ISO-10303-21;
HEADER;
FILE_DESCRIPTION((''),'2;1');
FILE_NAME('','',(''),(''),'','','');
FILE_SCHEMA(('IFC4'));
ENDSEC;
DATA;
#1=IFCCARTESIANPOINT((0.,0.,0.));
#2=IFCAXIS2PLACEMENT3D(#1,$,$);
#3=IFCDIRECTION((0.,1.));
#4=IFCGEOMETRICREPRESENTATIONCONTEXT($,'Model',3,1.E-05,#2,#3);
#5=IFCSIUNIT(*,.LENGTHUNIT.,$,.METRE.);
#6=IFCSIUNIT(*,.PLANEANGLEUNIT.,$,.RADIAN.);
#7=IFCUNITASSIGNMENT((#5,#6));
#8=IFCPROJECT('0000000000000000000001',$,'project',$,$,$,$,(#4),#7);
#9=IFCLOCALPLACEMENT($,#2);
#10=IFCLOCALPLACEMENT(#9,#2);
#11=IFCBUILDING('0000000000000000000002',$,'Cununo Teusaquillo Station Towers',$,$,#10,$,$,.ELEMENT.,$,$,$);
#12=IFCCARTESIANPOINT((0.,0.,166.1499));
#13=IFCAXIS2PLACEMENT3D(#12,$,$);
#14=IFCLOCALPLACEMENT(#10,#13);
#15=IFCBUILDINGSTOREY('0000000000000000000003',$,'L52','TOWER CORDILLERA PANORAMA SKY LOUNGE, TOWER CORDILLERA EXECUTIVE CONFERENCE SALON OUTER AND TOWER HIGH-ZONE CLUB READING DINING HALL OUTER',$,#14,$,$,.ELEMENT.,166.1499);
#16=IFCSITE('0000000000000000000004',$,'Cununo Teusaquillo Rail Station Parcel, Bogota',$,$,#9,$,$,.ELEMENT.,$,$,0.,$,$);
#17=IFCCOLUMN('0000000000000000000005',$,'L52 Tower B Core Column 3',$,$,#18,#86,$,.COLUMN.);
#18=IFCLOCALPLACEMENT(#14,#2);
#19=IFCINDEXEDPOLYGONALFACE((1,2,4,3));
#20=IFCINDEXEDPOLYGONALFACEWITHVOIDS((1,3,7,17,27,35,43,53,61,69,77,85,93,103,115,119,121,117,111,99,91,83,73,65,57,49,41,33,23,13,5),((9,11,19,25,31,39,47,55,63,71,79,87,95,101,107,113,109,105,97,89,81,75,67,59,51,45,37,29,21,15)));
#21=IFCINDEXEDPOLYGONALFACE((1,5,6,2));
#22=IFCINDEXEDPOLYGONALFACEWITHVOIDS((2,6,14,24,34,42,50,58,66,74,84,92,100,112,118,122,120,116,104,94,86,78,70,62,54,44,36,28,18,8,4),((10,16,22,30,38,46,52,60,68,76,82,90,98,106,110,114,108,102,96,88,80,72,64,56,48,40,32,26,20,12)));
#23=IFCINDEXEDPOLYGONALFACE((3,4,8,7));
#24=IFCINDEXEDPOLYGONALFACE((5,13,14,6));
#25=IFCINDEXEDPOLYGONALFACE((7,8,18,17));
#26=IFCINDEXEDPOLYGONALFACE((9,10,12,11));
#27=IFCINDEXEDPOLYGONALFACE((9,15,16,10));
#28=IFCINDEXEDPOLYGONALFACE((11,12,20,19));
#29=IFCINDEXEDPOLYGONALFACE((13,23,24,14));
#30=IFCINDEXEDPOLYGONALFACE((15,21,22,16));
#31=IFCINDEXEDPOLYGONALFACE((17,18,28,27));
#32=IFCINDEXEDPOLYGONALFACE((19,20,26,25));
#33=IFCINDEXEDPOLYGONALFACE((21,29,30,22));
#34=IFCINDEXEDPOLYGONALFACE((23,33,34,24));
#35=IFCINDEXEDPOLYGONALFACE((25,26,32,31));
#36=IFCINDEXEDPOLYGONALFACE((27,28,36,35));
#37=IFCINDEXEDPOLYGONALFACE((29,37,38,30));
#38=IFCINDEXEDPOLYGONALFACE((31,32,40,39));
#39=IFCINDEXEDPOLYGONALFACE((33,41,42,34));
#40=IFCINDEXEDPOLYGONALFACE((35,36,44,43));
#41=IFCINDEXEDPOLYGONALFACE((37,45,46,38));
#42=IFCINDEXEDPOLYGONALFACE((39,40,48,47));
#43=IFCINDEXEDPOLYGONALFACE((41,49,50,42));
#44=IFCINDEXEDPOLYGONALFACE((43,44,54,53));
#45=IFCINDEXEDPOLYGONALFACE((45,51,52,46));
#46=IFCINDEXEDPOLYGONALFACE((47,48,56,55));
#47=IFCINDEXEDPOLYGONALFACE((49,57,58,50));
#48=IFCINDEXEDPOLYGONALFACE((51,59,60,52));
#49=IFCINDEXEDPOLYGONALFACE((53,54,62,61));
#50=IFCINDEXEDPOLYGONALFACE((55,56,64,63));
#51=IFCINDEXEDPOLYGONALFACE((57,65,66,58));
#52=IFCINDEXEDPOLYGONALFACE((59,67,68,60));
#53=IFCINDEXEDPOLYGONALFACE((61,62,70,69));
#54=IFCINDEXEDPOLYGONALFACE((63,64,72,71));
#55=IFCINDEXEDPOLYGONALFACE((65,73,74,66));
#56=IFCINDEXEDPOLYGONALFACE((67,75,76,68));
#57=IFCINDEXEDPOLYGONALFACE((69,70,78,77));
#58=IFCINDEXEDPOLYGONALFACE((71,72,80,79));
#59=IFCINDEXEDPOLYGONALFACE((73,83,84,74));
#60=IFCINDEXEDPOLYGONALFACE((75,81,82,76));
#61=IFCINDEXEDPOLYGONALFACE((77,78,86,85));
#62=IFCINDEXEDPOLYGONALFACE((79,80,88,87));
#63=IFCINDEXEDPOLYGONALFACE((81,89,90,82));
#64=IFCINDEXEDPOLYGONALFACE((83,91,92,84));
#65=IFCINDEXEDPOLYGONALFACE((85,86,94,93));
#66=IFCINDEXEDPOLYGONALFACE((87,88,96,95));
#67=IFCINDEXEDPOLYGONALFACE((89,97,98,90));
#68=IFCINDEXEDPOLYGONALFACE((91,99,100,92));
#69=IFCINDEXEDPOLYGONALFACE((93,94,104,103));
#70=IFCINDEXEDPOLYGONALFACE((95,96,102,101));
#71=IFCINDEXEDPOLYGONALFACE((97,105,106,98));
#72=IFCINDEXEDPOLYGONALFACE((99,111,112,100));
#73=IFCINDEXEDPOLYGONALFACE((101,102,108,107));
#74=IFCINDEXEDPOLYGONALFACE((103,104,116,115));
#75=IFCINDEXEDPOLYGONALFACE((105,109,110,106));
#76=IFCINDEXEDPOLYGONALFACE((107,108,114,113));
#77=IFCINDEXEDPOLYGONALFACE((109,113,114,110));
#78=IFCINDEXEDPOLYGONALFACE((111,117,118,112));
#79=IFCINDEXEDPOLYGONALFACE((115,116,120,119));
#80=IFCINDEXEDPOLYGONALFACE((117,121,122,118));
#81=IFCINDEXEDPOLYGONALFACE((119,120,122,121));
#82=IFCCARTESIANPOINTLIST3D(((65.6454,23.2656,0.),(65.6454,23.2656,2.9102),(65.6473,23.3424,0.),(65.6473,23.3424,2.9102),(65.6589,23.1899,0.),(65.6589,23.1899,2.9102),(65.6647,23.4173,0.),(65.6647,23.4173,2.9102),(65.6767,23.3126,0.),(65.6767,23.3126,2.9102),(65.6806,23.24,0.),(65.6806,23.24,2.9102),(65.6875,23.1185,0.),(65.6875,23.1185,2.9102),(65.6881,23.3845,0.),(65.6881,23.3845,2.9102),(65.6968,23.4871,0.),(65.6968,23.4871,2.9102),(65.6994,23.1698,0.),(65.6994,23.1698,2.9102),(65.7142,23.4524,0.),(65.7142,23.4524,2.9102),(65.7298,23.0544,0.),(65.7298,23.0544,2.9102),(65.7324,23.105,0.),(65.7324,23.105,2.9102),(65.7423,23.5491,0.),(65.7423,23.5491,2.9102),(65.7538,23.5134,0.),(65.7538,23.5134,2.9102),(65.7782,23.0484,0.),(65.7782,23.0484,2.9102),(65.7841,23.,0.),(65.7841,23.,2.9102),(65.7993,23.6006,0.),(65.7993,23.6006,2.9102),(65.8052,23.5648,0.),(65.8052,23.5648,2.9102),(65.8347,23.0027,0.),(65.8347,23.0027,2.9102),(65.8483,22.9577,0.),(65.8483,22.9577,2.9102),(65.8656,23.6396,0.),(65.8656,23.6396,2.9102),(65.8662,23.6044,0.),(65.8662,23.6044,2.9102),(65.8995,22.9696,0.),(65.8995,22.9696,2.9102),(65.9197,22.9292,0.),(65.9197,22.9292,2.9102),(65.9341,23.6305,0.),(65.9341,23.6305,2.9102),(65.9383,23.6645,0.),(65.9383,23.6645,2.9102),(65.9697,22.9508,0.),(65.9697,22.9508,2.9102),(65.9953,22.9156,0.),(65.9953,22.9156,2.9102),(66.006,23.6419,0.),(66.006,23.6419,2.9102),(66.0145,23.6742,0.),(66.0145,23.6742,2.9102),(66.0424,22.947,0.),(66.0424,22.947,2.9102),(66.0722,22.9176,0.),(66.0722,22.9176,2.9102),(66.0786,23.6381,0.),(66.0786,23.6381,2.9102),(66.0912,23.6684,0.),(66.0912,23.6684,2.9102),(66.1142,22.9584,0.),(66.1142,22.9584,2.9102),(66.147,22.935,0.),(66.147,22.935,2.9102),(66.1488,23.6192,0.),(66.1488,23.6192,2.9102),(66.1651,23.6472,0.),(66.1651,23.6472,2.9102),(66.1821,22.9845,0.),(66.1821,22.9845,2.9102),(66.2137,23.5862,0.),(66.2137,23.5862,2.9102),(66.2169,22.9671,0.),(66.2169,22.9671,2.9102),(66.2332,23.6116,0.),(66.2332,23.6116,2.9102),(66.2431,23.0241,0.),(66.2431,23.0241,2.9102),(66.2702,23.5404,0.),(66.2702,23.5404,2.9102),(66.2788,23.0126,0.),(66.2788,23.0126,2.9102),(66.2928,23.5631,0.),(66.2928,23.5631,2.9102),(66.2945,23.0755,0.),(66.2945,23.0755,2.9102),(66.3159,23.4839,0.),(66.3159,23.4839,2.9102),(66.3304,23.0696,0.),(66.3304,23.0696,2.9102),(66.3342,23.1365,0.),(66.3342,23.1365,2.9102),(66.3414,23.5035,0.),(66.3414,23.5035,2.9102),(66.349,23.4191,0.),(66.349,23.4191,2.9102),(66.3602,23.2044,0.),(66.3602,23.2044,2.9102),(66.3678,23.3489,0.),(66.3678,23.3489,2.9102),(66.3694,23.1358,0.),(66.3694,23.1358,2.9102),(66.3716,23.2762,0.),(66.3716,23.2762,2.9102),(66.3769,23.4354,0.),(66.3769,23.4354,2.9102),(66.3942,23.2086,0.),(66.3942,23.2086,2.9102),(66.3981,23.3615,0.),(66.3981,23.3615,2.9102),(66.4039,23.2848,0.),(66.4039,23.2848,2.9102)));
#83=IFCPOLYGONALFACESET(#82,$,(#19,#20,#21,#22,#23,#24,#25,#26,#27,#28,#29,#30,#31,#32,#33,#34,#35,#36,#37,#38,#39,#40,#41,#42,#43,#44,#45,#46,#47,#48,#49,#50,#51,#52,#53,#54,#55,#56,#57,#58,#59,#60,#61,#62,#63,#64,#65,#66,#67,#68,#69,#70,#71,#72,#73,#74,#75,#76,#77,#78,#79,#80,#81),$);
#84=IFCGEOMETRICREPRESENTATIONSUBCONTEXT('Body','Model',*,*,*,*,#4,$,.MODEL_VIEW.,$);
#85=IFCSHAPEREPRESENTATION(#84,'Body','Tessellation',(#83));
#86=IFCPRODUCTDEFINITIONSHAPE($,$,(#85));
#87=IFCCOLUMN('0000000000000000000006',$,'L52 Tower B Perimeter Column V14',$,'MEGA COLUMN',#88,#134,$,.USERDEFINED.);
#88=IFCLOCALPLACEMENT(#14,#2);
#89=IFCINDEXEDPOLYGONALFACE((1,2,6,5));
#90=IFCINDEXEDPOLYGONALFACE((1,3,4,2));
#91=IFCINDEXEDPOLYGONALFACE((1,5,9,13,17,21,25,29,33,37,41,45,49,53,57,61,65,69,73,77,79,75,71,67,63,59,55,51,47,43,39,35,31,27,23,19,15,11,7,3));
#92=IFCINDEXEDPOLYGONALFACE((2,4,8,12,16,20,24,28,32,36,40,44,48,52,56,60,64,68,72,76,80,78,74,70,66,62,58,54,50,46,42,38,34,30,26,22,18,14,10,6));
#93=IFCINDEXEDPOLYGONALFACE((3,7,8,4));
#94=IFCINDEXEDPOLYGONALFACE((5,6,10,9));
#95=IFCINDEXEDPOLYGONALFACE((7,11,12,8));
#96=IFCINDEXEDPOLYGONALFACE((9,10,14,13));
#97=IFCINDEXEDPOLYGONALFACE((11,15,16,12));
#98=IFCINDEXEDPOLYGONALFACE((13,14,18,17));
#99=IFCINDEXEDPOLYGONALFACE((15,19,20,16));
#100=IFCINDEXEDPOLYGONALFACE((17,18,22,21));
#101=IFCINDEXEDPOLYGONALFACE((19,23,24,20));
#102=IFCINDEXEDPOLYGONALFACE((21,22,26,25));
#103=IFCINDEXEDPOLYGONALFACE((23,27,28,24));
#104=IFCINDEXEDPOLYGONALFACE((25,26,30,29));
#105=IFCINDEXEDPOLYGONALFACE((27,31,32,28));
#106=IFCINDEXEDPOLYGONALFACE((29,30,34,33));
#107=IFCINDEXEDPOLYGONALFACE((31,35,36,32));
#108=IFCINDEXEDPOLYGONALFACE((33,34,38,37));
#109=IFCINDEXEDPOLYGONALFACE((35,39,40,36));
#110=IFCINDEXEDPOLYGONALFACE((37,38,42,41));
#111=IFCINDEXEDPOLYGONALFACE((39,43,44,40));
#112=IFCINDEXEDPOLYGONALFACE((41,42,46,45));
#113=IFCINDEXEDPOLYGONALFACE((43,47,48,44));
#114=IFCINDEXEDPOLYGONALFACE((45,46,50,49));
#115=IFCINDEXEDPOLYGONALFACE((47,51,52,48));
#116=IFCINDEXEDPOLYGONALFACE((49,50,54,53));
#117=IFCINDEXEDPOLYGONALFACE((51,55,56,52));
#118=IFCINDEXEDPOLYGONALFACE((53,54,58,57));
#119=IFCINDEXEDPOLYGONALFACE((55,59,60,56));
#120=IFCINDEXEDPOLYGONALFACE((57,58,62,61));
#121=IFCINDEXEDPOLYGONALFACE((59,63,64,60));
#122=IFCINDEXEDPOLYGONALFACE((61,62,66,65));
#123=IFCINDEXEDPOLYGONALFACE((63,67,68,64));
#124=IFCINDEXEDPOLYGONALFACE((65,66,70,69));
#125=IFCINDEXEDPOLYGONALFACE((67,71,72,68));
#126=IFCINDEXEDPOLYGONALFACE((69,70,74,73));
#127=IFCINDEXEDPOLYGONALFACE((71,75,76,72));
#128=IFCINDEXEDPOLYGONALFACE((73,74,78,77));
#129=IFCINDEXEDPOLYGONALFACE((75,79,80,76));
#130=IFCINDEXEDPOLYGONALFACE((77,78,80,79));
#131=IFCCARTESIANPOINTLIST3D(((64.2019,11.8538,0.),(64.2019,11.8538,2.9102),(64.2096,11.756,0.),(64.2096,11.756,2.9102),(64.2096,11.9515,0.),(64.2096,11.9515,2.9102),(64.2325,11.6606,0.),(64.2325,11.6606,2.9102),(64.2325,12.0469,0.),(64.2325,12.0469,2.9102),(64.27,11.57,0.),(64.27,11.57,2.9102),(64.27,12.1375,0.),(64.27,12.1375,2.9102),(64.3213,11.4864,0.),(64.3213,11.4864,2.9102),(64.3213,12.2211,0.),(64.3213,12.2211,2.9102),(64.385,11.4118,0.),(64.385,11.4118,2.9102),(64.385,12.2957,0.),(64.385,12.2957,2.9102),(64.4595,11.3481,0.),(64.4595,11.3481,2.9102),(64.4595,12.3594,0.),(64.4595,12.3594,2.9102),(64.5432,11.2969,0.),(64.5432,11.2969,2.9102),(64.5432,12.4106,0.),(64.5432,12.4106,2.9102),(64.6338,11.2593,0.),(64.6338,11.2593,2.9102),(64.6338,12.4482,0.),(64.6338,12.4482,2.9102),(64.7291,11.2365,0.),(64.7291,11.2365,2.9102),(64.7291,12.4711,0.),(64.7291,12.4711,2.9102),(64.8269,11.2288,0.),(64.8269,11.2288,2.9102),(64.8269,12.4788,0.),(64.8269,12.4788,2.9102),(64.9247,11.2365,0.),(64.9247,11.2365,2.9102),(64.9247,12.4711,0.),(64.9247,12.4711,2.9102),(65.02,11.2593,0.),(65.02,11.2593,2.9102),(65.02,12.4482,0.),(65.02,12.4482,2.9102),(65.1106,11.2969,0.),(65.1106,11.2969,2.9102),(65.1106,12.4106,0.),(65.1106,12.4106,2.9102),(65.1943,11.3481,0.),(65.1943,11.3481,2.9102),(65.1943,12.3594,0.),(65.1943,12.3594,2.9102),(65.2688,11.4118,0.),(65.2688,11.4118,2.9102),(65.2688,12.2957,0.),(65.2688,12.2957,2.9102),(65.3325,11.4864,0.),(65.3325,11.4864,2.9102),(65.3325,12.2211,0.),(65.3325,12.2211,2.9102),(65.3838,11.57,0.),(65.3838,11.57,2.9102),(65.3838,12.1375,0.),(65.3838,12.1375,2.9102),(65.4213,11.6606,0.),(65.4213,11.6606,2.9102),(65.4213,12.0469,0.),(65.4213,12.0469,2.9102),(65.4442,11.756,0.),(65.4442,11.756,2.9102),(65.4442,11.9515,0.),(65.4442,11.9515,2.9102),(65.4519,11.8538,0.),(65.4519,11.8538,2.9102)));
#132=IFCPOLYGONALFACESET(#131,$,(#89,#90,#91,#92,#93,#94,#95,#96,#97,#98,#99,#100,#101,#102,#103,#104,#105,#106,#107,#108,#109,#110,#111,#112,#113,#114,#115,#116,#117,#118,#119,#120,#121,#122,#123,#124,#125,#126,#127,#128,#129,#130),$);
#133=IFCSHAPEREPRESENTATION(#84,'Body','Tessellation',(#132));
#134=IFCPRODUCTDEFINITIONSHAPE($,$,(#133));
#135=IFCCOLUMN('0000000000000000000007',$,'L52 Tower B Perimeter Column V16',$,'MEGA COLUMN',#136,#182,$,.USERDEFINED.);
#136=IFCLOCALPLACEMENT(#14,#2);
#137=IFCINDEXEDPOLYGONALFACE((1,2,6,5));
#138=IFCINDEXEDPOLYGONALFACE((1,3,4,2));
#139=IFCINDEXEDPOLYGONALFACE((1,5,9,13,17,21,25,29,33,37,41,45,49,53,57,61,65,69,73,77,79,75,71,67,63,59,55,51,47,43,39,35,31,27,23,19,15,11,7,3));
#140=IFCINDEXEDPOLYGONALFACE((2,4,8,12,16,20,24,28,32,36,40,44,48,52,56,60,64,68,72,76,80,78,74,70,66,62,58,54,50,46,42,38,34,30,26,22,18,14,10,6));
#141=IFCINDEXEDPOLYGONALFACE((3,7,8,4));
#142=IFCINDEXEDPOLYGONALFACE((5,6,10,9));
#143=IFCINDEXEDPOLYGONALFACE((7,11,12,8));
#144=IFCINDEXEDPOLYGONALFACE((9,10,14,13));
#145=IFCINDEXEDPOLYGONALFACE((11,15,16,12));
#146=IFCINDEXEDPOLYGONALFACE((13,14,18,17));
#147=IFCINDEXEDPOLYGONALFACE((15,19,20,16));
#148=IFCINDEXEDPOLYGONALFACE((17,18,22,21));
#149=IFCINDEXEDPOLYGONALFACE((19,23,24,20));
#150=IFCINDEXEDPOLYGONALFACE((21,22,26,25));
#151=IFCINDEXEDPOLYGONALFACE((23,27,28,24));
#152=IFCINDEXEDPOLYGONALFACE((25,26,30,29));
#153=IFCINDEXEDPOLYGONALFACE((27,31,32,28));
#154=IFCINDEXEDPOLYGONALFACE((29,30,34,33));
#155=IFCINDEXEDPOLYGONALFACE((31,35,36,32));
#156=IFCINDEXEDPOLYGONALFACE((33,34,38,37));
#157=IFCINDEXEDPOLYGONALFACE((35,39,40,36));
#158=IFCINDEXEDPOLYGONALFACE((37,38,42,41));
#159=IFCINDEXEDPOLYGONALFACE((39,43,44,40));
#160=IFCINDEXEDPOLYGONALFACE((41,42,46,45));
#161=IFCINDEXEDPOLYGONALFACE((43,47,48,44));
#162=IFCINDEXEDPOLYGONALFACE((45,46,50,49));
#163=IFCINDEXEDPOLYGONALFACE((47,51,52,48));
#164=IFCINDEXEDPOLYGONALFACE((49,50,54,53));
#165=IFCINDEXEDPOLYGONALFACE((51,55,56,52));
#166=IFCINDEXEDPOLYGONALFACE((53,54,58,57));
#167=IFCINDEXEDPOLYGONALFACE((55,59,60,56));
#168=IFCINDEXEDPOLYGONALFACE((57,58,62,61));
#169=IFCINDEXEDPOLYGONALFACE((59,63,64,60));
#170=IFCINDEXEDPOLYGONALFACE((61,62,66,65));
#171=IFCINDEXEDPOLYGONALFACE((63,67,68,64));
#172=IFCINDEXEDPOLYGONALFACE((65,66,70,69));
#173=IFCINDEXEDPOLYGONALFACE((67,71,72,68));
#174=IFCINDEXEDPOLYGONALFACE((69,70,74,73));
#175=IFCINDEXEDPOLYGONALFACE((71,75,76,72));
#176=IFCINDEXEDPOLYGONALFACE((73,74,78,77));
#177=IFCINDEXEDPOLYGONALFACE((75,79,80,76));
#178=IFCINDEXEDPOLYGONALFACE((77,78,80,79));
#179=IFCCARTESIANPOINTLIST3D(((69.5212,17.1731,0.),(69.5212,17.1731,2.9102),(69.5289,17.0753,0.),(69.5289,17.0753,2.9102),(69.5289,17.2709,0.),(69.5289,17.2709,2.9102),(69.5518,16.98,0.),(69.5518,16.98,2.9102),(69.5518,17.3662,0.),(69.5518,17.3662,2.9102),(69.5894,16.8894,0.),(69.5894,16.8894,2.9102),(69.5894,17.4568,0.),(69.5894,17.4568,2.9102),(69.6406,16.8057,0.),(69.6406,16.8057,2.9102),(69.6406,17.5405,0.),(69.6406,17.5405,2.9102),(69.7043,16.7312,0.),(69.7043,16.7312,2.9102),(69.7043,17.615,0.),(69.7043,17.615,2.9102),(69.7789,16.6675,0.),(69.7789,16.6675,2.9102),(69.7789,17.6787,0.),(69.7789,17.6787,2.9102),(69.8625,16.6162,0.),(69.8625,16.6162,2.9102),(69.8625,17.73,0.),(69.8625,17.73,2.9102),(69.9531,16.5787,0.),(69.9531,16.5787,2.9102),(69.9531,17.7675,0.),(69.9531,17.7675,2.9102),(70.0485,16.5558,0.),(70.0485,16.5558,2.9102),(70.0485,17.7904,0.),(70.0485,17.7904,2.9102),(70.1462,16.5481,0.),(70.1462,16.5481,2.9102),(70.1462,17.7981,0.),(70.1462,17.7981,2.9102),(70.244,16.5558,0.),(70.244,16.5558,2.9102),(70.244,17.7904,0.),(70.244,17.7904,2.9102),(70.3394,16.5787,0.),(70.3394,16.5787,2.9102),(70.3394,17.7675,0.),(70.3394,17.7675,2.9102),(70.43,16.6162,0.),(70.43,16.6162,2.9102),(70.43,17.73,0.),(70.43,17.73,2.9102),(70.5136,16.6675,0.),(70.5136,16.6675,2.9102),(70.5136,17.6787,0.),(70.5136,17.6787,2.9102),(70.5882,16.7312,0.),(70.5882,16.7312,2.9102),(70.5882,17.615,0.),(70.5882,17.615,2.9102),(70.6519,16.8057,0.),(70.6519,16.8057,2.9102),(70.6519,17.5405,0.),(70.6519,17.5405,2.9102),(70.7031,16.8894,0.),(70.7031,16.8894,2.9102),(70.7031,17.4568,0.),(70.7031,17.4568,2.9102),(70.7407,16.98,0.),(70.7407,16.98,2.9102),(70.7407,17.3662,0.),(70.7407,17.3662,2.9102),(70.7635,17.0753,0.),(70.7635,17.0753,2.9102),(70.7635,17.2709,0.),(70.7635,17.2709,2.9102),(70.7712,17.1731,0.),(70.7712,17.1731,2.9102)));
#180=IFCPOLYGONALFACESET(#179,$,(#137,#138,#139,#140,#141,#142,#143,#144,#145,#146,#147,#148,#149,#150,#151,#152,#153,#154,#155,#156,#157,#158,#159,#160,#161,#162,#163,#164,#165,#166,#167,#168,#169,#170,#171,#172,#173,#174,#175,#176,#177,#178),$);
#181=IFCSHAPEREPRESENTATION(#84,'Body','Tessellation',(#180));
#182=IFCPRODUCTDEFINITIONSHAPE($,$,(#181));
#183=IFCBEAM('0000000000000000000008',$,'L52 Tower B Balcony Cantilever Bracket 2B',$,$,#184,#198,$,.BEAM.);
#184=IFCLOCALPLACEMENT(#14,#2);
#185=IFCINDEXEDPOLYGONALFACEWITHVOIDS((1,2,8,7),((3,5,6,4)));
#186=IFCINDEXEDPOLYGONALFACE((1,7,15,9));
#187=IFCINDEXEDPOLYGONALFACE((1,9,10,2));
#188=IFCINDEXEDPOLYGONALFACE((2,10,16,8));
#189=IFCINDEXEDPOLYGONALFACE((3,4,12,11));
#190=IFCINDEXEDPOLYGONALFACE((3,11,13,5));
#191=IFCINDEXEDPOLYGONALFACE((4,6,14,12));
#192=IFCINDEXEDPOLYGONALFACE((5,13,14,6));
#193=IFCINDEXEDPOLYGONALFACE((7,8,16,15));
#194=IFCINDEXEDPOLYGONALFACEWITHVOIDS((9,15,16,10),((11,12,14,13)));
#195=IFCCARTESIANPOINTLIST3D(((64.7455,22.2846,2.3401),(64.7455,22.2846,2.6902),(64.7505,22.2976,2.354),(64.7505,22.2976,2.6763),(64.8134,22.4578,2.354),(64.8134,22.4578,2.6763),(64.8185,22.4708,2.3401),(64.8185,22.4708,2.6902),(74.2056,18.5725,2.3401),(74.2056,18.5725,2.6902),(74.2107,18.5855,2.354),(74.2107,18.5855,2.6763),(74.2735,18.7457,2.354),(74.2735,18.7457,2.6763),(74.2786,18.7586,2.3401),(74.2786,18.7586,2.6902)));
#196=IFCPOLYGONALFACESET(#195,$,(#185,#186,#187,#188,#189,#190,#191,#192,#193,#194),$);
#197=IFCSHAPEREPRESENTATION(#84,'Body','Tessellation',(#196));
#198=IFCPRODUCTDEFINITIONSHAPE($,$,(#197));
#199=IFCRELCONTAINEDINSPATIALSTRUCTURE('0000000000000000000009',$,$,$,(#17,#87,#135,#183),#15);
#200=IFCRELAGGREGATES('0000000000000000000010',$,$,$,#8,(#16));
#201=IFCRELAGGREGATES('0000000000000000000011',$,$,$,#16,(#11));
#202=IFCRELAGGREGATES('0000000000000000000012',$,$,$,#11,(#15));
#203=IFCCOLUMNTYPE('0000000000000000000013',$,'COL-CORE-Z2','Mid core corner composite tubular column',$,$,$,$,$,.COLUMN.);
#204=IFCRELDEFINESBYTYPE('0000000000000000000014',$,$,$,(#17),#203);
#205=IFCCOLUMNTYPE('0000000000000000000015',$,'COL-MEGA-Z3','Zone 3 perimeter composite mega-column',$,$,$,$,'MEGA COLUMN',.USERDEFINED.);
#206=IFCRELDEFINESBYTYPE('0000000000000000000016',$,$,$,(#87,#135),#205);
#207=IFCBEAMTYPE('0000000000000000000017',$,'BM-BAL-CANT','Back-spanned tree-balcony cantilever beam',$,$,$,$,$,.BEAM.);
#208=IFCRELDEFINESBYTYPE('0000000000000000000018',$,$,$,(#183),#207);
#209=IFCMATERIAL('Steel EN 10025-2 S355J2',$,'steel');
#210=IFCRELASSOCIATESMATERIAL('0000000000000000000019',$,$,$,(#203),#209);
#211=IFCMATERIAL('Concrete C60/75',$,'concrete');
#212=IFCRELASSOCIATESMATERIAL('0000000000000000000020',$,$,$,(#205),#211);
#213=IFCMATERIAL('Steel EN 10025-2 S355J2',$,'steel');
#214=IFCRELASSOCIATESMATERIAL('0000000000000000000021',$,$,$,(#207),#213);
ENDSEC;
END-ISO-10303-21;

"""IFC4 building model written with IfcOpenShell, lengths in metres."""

from ifc_helpers import new_model, si_unit, direction, frame, origin, origin_2d, place, context, subcontext, project, spatial, hollow_rectangle, circle, hollow_circle, extrude, material, material_profile, profile_set, type_object, element, save


model = new_model("IFC4")

# Units and contexts
model_context = context("Model", 3, precision=1e-05, world=origin(), true_north=direction((0.0, 1.0)))
body_context = subcontext(model_context, "Body", "Model", "MODEL_VIEW")
ifc_project = project(units=[si_unit("LENGTHUNIT", "METRE"), si_unit("PLANEANGLEUNIT", "RADIAN")], contexts=[model_context])

# Site, building, storey
site_placement = place(None, origin())
site = spatial("IfcSite", under=ifc_project, at=site_placement, Name="Cununo Teusaquillo Rail Station Parcel, Bogota", CompositionType="ELEMENT", RefElevation=0.0)
building_placement = place(site_placement, origin())
building = spatial("IfcBuilding", under=site, at=building_placement, Name="Cununo Teusaquillo Station Towers", CompositionType="ELEMENT")
storey_placement = place(building_placement, frame((0.0, 0.0, 166.1499)))
storey = spatial("IfcBuildingStorey", under=building, at=storey_placement, Name="L52", Description="TOWER CORDILLERA PANORAMA SKY LOUNGE, TOWER CORDILLERA EXECUTIVE CONFERENCE SALON OUTER AND TOWER HIGH-ZONE CLUB READING DINING HALL OUTER", CompositionType="ELEMENT", Elevation=166.1499)

# Columns
ifc_material_1 = material(Name="Steel EN 10025-2 S355J2", Category="steel")
ifc_material_profile_1 = material_profile(ifc_material_1, hollow_circle(Radius=0.3799, WallThickness=0.032, at=origin_2d()), Name="CHS 760x32")
ifc_profile_set_1 = profile_set([ifc_material_profile_1], Name="Steel EN 10025-2 S355J2")
column_type_1 = type_object("IfcColumnType", Name="COL-CORE-Z2", Description="Mid core corner composite tubular column", PredefinedType="COLUMN", material=ifc_profile_set_1)
column_placement = place(storey_placement, frame((66.0242, 23.2944, 0.0), z_axis=(0.0, 0.0, 1.0), x_axis=(0.707107, 0.707107, 0.0)))
element("IfcColumn", 1, at=column_placement, inside=storey, type_object=column_type_1, Name="L52 Tower B Core Column 3", PredefinedType="COLUMN", context=body_context, shape_type="SweptSolid", body=[
    extrude(hollow_circle(Radius=0.3799, WallThickness=0.032, at=origin_2d()), origin(), (0.0, 0.0, 1.0), 2.9102),
])
ifc_material_2 = material(Name="Concrete C60/75", Category="concrete")
ifc_material_profile_2 = material_profile(ifc_material_2, circle(Radius=0.625, at=origin_2d()), Name="RC-CIRC-1250")
ifc_profile_set_2 = profile_set([ifc_material_profile_2], Name="Concrete C60/75")
column_type_2 = type_object("IfcColumnType", Name="COL-MEGA-Z3", Description="Zone 3 perimeter composite mega-column", ElementType="MEGA COLUMN", PredefinedType="USERDEFINED", material=ifc_profile_set_2)
for number, where, z_axis, x_axis, name in (
    (2, (64.8269, 11.8538, 0.0), (0.0, 0.0, 1.0), (1.0, 0.0, 0.0), "L52 Tower B Perimeter Column V14"),
    (3, (70.1462, 17.1731, 0.0), (0.0, 0.0, 1.0), (1.0, 0.0, 0.0), "L52 Tower B Perimeter Column V16"),
):
    element("IfcColumn", number, at=place(storey_placement, frame(where, z_axis=z_axis, x_axis=x_axis)), inside=storey, type_object=column_type_2, Name=name, ObjectType="MEGA COLUMN", PredefinedType="USERDEFINED", context=body_context, shape_type="SweptSolid", body=[
        extrude(circle(Radius=0.625, at=origin_2d()), origin(), (0.0, 0.0, 1.0), 2.9102),
    ])

# Beam
ifc_material_3 = material(Name="Steel EN 10025-2 S355J2", Category="steel")
ifc_material_profile_3 = material_profile(ifc_material_3, hollow_rectangle(XDim=0.2, YDim=0.3501, WallThickness=0.0139, at=origin_2d()), Name="RHS 350x200x14")
ifc_profile_set_3 = profile_set([ifc_material_profile_3], Name="Steel EN 10025-2 S355J2")
beam_type_1 = type_object("IfcBeamType", Name="BM-BAL-CANT", Description="Back-spanned tree-balcony cantilever beam", PredefinedType="BEAM", material=ifc_profile_set_3)
beam_1_placement = place(storey_placement, frame((64.782, 22.3777, 2.5151), z_axis=(0.930897, -0.365281, 0.0), x_axis=(0.365281, 0.930897, 0.0)))
element("IfcBeam", 4, at=beam_1_placement, inside=storey, type_object=beam_type_1, Name="L52 Tower B Balcony Cantilever Bracket 2B", PredefinedType="BEAM", context=body_context, shape_type="SweptSolid", body=[
    extrude(hollow_rectangle(XDim=0.2, YDim=0.3501, WallThickness=0.0139, at=origin_2d()), origin(), (0.0, 0.0, 1.0), 10.1624),
])

save(model, "model.ifc")
